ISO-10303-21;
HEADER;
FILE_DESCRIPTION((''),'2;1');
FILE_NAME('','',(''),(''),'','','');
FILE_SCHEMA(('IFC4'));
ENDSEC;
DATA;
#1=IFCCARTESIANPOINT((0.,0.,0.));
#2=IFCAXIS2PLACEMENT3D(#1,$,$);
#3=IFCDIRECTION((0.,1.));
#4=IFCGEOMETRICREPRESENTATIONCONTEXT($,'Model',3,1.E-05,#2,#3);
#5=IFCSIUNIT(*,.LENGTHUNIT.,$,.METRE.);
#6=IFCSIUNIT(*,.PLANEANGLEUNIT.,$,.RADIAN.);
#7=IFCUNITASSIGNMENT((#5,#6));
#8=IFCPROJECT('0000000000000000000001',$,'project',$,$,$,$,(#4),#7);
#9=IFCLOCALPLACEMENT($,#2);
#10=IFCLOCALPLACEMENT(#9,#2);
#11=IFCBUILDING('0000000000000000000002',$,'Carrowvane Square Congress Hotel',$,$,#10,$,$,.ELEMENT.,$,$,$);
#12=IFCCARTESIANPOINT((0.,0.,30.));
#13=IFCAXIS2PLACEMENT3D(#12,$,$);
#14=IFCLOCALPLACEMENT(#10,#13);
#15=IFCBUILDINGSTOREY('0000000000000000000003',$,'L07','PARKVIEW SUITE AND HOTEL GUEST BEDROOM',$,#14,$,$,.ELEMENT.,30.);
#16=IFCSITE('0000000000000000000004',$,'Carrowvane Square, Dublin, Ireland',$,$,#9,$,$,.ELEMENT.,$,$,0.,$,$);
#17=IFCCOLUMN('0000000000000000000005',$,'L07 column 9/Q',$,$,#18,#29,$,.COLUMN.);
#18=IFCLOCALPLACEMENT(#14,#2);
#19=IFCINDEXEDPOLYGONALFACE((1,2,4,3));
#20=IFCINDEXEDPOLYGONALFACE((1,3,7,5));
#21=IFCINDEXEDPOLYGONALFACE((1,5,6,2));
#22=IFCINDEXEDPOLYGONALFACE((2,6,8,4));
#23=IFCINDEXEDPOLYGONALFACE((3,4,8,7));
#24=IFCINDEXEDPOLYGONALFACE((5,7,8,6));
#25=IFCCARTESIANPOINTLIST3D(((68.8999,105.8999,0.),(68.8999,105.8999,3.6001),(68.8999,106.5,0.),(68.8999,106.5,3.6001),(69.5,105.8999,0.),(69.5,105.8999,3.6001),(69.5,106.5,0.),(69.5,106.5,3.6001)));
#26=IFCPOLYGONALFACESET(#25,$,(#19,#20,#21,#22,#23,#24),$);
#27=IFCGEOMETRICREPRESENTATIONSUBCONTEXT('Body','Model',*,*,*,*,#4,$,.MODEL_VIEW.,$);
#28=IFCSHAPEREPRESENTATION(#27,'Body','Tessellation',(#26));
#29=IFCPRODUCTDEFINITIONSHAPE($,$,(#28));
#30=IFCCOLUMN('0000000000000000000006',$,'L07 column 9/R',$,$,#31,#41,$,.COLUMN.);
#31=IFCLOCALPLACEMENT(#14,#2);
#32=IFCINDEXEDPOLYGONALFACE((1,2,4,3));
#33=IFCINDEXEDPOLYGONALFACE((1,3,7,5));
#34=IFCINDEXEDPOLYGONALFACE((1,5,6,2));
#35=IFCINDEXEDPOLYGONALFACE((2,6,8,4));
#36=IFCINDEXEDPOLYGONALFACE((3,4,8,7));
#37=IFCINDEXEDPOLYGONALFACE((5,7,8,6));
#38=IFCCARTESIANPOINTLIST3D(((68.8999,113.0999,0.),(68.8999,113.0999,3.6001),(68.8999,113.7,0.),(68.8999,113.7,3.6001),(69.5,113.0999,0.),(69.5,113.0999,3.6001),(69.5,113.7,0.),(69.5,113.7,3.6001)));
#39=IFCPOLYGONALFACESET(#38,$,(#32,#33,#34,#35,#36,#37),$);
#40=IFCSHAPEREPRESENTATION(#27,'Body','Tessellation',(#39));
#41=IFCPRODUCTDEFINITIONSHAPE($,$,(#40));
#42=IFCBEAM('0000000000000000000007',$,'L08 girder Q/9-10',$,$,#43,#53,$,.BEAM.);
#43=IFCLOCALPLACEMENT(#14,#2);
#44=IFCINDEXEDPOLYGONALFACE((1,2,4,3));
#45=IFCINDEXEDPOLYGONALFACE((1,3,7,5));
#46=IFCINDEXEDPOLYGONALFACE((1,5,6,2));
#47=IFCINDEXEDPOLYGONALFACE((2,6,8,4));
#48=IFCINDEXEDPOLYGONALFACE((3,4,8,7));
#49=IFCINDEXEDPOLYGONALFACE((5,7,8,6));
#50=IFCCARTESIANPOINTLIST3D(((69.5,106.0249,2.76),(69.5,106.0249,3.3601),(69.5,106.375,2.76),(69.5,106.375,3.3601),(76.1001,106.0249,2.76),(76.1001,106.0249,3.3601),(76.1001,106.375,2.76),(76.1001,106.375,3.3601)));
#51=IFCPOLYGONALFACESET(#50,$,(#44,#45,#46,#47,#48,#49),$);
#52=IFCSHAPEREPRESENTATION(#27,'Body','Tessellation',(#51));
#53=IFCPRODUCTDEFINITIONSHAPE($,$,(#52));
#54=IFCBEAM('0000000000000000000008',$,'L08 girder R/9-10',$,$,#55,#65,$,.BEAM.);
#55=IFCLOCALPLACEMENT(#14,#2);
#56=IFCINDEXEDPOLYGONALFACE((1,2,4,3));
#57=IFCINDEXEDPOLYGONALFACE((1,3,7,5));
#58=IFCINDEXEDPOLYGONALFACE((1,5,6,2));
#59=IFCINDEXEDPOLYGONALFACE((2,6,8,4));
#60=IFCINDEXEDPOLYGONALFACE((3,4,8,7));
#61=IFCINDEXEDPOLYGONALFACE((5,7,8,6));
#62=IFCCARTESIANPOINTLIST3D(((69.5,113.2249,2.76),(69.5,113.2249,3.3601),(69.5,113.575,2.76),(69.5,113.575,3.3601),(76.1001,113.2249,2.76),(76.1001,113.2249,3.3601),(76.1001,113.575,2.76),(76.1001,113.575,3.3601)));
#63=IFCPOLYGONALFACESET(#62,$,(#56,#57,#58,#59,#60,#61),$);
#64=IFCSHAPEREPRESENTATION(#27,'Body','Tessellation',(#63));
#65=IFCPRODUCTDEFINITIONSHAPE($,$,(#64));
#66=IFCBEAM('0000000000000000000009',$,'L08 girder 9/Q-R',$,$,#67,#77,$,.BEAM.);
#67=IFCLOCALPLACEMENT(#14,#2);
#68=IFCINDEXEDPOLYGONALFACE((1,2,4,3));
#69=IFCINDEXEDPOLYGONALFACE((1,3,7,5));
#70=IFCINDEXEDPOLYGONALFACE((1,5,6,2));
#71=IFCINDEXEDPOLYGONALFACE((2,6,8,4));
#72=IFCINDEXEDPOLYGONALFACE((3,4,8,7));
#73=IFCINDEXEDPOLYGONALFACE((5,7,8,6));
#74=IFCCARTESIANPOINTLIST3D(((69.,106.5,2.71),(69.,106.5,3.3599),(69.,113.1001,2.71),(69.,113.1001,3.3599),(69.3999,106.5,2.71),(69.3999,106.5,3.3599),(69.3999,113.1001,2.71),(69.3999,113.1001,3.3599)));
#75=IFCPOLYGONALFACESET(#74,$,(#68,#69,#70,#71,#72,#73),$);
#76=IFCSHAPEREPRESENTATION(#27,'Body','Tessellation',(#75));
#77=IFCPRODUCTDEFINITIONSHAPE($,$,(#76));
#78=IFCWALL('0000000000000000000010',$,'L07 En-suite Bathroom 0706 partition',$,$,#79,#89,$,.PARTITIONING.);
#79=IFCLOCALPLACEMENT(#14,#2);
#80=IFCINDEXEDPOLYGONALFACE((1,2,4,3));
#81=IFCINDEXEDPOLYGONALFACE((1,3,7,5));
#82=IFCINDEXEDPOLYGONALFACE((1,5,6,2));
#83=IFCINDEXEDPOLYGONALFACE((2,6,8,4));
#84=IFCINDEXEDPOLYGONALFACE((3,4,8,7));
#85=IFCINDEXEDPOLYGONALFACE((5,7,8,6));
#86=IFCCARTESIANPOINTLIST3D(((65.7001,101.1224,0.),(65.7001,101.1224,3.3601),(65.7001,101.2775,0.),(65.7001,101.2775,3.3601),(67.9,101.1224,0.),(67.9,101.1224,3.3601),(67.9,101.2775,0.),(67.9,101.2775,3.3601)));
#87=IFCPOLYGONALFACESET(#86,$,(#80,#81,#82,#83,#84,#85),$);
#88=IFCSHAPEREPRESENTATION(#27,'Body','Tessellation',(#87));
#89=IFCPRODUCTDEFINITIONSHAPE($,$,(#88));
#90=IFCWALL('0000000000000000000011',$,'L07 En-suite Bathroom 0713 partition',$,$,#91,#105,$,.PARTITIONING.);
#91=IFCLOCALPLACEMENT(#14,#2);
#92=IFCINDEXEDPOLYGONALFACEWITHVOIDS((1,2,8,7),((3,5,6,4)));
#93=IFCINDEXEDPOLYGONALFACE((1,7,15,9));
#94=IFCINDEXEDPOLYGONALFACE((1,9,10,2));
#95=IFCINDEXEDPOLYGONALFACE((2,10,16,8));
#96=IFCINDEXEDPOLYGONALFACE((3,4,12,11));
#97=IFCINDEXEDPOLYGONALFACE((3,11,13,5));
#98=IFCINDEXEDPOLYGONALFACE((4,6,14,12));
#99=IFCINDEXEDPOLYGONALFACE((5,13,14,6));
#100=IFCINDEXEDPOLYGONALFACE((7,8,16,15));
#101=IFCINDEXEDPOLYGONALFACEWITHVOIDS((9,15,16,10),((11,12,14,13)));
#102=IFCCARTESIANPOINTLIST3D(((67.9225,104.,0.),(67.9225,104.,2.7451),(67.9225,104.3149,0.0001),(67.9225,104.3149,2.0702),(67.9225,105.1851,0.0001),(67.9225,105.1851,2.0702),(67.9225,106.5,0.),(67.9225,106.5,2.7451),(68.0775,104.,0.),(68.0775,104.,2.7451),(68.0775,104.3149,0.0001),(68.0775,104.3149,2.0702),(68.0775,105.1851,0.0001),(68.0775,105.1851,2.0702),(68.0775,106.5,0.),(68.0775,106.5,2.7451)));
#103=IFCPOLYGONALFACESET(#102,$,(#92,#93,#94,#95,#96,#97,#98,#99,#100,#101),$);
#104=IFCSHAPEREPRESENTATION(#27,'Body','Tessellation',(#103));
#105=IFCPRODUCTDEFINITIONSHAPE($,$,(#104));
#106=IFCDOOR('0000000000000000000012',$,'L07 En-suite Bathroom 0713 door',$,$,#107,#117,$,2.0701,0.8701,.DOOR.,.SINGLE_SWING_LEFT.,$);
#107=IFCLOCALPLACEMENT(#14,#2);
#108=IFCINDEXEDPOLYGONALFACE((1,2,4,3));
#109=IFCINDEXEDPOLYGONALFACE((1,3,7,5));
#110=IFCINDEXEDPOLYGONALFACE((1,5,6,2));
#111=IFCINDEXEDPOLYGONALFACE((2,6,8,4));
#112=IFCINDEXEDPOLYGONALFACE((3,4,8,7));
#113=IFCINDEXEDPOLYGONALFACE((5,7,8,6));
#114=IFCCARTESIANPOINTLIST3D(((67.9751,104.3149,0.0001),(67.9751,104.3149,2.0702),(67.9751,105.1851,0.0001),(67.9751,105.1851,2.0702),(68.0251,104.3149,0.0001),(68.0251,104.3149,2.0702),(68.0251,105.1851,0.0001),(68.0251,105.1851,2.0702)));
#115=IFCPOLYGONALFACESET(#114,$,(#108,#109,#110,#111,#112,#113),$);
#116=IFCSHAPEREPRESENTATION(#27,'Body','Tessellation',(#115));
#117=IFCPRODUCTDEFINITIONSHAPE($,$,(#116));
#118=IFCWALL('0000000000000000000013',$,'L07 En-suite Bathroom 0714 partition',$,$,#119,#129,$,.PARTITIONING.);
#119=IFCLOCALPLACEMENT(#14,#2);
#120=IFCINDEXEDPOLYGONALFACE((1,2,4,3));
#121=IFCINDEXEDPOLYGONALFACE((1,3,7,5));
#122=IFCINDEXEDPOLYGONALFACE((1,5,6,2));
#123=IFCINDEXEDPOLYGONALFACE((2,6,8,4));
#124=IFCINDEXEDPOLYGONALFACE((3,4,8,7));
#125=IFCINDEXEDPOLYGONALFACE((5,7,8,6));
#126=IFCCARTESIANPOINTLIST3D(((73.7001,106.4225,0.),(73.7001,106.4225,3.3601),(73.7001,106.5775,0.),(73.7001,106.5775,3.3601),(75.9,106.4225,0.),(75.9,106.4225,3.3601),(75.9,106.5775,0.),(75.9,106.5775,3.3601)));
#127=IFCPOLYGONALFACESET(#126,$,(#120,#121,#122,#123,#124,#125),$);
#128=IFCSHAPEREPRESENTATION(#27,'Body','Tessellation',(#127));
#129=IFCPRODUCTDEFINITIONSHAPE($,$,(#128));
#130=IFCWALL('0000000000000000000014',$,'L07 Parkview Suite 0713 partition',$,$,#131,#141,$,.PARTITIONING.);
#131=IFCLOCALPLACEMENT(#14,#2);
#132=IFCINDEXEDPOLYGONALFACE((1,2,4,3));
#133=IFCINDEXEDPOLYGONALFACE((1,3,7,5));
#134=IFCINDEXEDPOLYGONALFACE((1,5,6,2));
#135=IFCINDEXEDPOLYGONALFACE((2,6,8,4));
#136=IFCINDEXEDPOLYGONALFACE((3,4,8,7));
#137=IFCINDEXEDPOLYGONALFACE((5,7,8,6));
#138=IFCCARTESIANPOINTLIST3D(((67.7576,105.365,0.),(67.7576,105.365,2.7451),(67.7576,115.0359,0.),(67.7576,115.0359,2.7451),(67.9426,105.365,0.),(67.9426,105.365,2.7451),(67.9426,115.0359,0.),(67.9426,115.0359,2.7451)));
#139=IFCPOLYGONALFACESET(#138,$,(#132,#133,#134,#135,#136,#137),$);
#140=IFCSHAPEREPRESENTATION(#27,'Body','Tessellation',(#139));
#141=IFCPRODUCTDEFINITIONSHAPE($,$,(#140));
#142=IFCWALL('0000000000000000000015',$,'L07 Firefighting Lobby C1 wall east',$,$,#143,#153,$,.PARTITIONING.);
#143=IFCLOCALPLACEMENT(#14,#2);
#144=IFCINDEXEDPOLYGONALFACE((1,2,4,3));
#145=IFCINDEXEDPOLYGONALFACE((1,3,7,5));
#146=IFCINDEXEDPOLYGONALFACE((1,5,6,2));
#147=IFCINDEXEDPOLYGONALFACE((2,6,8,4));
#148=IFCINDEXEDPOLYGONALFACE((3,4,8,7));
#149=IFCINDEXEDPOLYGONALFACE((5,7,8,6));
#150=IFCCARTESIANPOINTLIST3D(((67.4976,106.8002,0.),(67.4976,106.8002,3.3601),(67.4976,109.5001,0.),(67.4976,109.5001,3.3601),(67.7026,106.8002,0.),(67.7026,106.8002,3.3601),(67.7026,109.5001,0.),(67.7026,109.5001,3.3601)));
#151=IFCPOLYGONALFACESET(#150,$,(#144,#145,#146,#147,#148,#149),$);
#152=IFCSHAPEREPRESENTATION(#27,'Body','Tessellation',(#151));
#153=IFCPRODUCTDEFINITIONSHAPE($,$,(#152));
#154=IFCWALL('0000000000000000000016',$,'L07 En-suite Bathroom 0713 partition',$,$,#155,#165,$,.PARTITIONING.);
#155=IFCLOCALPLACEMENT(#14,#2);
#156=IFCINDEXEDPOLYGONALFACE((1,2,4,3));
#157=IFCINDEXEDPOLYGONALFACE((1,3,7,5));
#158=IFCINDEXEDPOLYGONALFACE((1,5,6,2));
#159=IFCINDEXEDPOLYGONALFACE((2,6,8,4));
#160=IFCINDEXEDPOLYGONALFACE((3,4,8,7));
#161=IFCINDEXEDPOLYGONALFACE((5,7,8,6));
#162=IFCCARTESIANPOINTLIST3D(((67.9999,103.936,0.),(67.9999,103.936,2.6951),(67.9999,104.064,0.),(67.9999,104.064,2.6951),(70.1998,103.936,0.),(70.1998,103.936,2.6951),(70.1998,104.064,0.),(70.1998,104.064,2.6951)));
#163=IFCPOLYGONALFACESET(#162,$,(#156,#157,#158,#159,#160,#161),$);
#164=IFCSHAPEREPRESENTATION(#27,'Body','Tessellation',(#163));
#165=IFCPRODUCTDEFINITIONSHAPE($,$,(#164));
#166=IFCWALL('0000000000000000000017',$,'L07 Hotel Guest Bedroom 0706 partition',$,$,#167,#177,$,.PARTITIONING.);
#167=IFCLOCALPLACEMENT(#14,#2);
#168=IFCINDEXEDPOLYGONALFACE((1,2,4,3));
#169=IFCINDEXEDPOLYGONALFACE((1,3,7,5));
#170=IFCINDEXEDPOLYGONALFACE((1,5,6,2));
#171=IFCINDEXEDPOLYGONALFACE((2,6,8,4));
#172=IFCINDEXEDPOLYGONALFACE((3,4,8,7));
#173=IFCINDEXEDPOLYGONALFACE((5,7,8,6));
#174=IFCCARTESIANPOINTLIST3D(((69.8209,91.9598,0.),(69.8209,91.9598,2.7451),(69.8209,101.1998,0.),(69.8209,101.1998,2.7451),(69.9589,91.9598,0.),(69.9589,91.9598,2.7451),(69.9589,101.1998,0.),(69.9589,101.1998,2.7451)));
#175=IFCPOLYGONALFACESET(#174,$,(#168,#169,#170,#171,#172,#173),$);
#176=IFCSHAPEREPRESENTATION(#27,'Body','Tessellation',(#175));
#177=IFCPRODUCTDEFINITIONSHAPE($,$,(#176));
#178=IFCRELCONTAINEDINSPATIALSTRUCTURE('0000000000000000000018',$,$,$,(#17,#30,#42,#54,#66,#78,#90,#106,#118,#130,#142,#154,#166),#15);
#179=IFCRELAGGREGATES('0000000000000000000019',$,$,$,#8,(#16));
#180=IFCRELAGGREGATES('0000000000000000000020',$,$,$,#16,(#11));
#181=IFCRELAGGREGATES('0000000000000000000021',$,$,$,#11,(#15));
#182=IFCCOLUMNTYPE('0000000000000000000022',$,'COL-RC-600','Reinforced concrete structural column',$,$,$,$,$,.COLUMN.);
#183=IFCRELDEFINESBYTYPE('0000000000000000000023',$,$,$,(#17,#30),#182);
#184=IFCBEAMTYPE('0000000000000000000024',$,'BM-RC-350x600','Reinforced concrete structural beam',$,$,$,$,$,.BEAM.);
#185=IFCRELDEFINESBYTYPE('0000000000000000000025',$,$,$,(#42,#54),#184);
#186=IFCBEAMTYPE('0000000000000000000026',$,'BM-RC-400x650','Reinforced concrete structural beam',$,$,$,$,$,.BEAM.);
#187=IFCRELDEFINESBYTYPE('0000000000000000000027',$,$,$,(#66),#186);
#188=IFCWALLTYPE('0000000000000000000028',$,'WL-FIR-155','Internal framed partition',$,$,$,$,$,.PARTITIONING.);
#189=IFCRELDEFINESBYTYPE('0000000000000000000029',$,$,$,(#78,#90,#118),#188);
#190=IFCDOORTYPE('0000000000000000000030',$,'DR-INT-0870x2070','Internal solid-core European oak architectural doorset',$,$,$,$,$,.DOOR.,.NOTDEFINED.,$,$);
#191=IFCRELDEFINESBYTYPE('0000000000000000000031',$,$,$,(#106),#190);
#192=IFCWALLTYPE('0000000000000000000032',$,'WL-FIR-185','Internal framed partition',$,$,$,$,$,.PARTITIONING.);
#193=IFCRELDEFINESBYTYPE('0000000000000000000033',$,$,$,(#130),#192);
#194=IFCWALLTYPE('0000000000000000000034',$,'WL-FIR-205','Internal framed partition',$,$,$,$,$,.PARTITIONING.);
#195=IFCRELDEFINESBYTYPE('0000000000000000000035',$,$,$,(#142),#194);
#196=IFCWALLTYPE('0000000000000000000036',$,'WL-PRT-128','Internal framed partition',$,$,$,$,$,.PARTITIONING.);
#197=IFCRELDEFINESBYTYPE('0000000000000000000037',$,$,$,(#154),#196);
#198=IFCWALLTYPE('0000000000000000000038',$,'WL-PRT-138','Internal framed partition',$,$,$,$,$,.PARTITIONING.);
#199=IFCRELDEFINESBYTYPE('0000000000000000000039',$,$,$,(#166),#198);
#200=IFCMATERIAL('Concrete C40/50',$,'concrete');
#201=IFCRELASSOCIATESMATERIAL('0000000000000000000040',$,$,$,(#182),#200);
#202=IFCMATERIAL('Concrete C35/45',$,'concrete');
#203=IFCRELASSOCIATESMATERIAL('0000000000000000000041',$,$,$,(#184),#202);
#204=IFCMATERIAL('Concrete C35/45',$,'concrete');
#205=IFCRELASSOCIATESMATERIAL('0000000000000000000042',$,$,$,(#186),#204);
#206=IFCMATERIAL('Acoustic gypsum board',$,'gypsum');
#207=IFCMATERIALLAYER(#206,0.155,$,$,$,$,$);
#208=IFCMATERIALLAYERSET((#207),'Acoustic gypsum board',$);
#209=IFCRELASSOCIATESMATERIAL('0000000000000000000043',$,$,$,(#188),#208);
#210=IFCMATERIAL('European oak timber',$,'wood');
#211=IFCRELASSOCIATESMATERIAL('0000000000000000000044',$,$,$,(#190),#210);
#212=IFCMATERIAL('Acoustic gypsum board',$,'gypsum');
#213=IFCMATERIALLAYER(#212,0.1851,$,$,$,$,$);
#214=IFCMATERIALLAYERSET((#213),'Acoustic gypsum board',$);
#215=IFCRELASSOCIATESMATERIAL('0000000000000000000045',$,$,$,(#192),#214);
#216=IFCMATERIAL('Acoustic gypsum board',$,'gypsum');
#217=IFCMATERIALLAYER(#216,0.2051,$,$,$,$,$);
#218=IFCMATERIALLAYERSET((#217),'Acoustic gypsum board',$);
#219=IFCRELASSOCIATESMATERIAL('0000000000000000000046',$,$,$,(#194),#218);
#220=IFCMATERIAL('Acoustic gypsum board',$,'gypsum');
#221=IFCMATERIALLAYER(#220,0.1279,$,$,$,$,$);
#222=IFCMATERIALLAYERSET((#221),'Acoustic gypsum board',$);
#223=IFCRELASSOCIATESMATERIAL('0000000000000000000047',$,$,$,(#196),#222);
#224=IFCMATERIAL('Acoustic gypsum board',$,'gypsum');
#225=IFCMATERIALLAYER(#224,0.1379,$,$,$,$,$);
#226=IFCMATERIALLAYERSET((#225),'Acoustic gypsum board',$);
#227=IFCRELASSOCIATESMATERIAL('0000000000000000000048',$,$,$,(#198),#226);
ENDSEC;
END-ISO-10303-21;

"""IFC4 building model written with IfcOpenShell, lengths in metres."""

from ifc_helpers import new_model, si_unit, direction, frame, frame_2d, origin, origin_2d, place, context, subcontext, project, spatial, rectangle, extrude, material, layer, layer_set, material_profile, profile_set, type_object, element, fill, save


model = new_model("IFC4")

# Units and contexts
model_context = context("Model", 3, precision=1e-05, world=origin(), true_north=direction((0.0, 1.0)))
body_context = subcontext(model_context, "Body", "Model", "MODEL_VIEW")
ifc_project = project(units=[si_unit("LENGTHUNIT", "METRE"), si_unit("PLANEANGLEUNIT", "RADIAN")], contexts=[model_context])

# Site, building, storey
site_placement = place(None, origin())
site = spatial("IfcSite", under=ifc_project, at=site_placement, Name="Carrowvane Square, Dublin, Ireland", CompositionType="ELEMENT", RefElevation=0.0)
building_placement = place(site_placement, origin())
building = spatial("IfcBuilding", under=site, at=building_placement, Name="Carrowvane Square Congress Hotel", CompositionType="ELEMENT")
storey_placement = place(building_placement, frame((0.0, 0.0, 30.0)))
storey = spatial("IfcBuildingStorey", under=building, at=storey_placement, Name="L07", Description="PARKVIEW SUITE AND HOTEL GUEST BEDROOM", CompositionType="ELEMENT", Elevation=30.0)

# Columns
ifc_material_1 = material(Name="Concrete C40/50", Category="concrete")
ifc_material_profile_1 = material_profile(ifc_material_1, rectangle(XDim=0.6001, YDim=0.6001, at=origin_2d()), Name="RC 600x600")
ifc_profile_set_1 = profile_set([ifc_material_profile_1], Name="Concrete C40/50")
column_type = type_object("IfcColumnType", Name="COL-RC-600", Description="Reinforced concrete structural column", PredefinedType="COLUMN", material=ifc_profile_set_1)
for number, where, z_axis, x_axis, name in (
    (1, (69.2, 106.2, 0.0), (0.0, 0.0, 1.0), (1.0, 0.0, 0.0), "L07 column 9/Q"),
    (2, (69.2, 113.3999, 0.0), (0.0, 0.0, 1.0), (1.0, 0.0, 0.0), "L07 column 9/R"),
):
    element("IfcColumn", number, at=place(storey_placement, frame(where, z_axis=z_axis, x_axis=x_axis)), inside=storey, type_object=column_type, Name=name, PredefinedType="COLUMN", context=body_context, shape_type="SweptSolid", body=[
        extrude(rectangle(XDim=0.6001, YDim=0.6001, at=origin_2d()), origin(), (0.0, 0.0, 1.0), 3.6001),
    ])

# Beams
ifc_material_2 = material(Name="Concrete C35/45", Category="concrete")
ifc_material_profile_2 = material_profile(ifc_material_2, rectangle(XDim=0.3501, YDim=0.6001, at=origin_2d()), Name="RC 350x600")
ifc_profile_set_2 = profile_set([ifc_material_profile_2], Name="Concrete C35/45")
beam_type_1 = type_object("IfcBeamType", Name="BM-RC-350x600", Description="Reinforced concrete structural beam", PredefinedType="BEAM", material=ifc_profile_set_2)
for number, where, z_axis, x_axis, name in (
    (3, (69.5, 106.2, 3.0601), (1.0, 0.0, 0.0), (0.0, 1.0, 0.0), "L08 girder Q/9-10"),
    (4, (69.5, 113.3999, 3.0601), (1.0, 0.0, 0.0), (0.0, 1.0, 0.0), "L08 girder R/9-10"),
):
    element("IfcBeam", number, at=place(storey_placement, frame(where, z_axis=z_axis, x_axis=x_axis)), inside=storey, type_object=beam_type_1, Name=name, PredefinedType="BEAM", context=body_context, shape_type="SweptSolid", body=[
        extrude(rectangle(XDim=0.3501, YDim=0.6001, at=origin_2d()), origin(), (0.0, 0.0, 1.0), 6.6001),
    ])
ifc_material_3 = material(Name="Concrete C35/45", Category="concrete")
ifc_material_profile_3 = material_profile(ifc_material_3, rectangle(XDim=0.3999, YDim=0.6499, at=origin_2d()), Name="RC 400x650")
ifc_profile_set_3 = profile_set([ifc_material_profile_3], Name="Concrete C35/45")
beam_type_2 = type_object("IfcBeamType", Name="BM-RC-400x650", Description="Reinforced concrete structural beam", PredefinedType="BEAM", material=ifc_profile_set_3)
beam_placement = place(storey_placement, frame((69.2, 106.5, 3.0349), z_axis=(0.0, 1.0, 0.0), x_axis=(-1.0, 0.0, 0.0)))
element("IfcBeam", 5, at=beam_placement, inside=storey, type_object=beam_type_2, Name="L08 girder 9/Q-R", PredefinedType="BEAM", context=body_context, shape_type="SweptSolid", body=[
    extrude(rectangle(XDim=0.3999, YDim=0.6499, at=origin_2d()), origin(), (0.0, 0.0, 1.0), 6.6001),
])

# Wall
ifc_material_4 = material(Name="Acoustic gypsum board", Category="gypsum")
ifc_layer_1 = layer(ifc_material_4, 0.155)
ifc_layer_set_1 = layer_set([ifc_layer_1], Name="Acoustic gypsum board")
wall_type_1 = type_object("IfcWallType", Name="WL-FIR-155", Description="Internal framed partition", PredefinedType="PARTITIONING", material=ifc_layer_set_1)
wall_1_placement = place(storey_placement, frame((65.7, 101.2, 0.0), z_axis=(0.0, 0.0, 1.0), x_axis=(1.0, 0.0, 0.0)))
element("IfcWall", 6, at=wall_1_placement, inside=storey, type_object=wall_type_1, Name="L07 En-suite Bathroom 0706 partition", PredefinedType="PARTITIONING", context=body_context, shape_type="SweptSolid", body=[
    extrude(rectangle(XDim=2.2, YDim=0.155, at=frame_2d((1.1001, 0.0))), origin(), (0.0, 0.0, 1.0), 3.3601),
])

# Wall, opening, door
wall_2_placement = place(storey_placement, frame((68.0, 104.0, 0.0), z_axis=(0.0, 0.0, 1.0), x_axis=(0.0, 1.0, 0.0)))
wall_2 = element("IfcWall", 7, at=wall_2_placement, inside=storey, type_object=wall_type_1, Name="L07 En-suite Bathroom 0713 partition", PredefinedType="PARTITIONING", context=body_context, shape_type="SweptSolid", body=[
    extrude(rectangle(XDim=2.5, YDim=0.155, at=frame_2d((1.25, 0.0))), origin(), (0.0, 0.0, 1.0), 2.7451),
])
opening_1_placement = place(wall_2_placement, frame((0.3149, 0.0, 0.0)))
opening_1 = element("IfcOpeningElement", 8, at=opening_1_placement, cuts=wall_2, PredefinedType="OPENING", context=body_context, shape_type="SweptSolid", body=[
    extrude(rectangle(XDim=0.8701, YDim=2.0701, at=frame_2d((0.4351, 1.0352))), frame((0.0, 0.0874, 0.0), z_axis=(0.0, -1.0, 0.0), x_axis=(1.0, 0.0, 0.0)), (0.0, 0.0, 1.0), 0.175),
])
ifc_material_5 = material(Name="European oak timber", Category="wood")
door_type_1 = type_object("IfcDoorType", Name="DR-INT-0870x2070", Description="Internal solid-core European oak architectural doorset", OperationType="NOTDEFINED", PredefinedType="DOOR", material=ifc_material_5)
door_1_placement = place(opening_1_placement, origin())
door_1 = element("IfcDoor", 9, at=door_1_placement, inside=storey, type_object=door_type_1, Name="L07 En-suite Bathroom 0713 door", OperationType="SINGLE_SWING_LEFT", OverallHeight=2.0701, OverallWidth=0.8701, PredefinedType="DOOR", context=body_context, shape_type="SweptSolid", body=[
    extrude(rectangle(XDim=0.8701, YDim=2.0701, at=frame_2d((0.4351, 1.0352))), frame((0.0, 0.0249, 0.0), z_axis=(0.0, -1.0, 0.0), x_axis=(1.0, 0.0, 0.0)), (0.0, 0.0, 1.0), 0.05),
])
fill(opening_1, door_1)

# Wall
wall_3_placement = place(storey_placement, frame((73.7, 106.5, 0.0), z_axis=(0.0, 0.0, 1.0), x_axis=(1.0, 0.0, 0.0)))
element("IfcWall", 10, at=wall_3_placement, inside=storey, type_object=wall_type_1, Name="L07 En-suite Bathroom 0714 partition", PredefinedType="PARTITIONING", context=body_context, shape_type="SweptSolid", body=[
    extrude(rectangle(XDim=2.2, YDim=0.155, at=frame_2d((1.1001, 0.0))), origin(), (0.0, 0.0, 1.0), 3.3601),
])

# Shared definitions
ifc_material_6 = material(Name="Acoustic gypsum board", Category="gypsum")
ifc_layer_2 = layer(ifc_material_6, 0.1851)
ifc_layer_set_2 = layer_set([ifc_layer_2], Name="Acoustic gypsum board")
wall_type_2 = type_object("IfcWallType", Name="WL-FIR-185", Description="Internal framed partition", PredefinedType="PARTITIONING", material=ifc_layer_set_2)

# Walls
wall_4_placement = place(storey_placement, frame((67.8501, 105.365, 0.0), z_axis=(0.0, 0.0, 1.0), x_axis=(0.0, 1.0, 0.0)))
element("IfcWall", 11, at=wall_4_placement, inside=storey, type_object=wall_type_2, Name="L07 Parkview Suite 0713 partition", PredefinedType="PARTITIONING", context=body_context, shape_type="SweptSolid", body=[
    extrude(rectangle(XDim=9.6709, YDim=0.1851, at=frame_2d((4.8354, 0.0))), origin(), (0.0, 0.0, 1.0), 2.7451),
])
ifc_material_7 = material(Name="Acoustic gypsum board", Category="gypsum")
ifc_layer_3 = layer(ifc_material_7, 0.2051)
ifc_layer_set_3 = layer_set([ifc_layer_3], Name="Acoustic gypsum board")
wall_type_3 = type_object("IfcWallType", Name="WL-FIR-205", Description="Internal framed partition", PredefinedType="PARTITIONING", material=ifc_layer_set_3)
wall_5_placement = place(storey_placement, frame((67.6001, 106.8, 0.0), z_axis=(0.0, 0.0, 1.0), x_axis=(0.0, 1.0, 0.0)))
element("IfcWall", 12, at=wall_5_placement, inside=storey, type_object=wall_type_3, Name="L07 Firefighting Lobby C1 wall east", PredefinedType="PARTITIONING", context=body_context, shape_type="SweptSolid", body=[
    extrude(rectangle(XDim=2.7, YDim=0.2051, at=frame_2d((1.3501, 0.0))), origin(), (0.0, 0.0, 1.0), 3.3601),
])
ifc_material_8 = material(Name="Acoustic gypsum board", Category="gypsum")
ifc_layer_4 = layer(ifc_material_8, 0.1279)
ifc_layer_set_4 = layer_set([ifc_layer_4], Name="Acoustic gypsum board")
wall_type_4 = type_object("IfcWallType", Name="WL-PRT-128", Description="Internal framed partition", PredefinedType="PARTITIONING", material=ifc_layer_set_4)
wall_6_placement = place(storey_placement, frame((70.2, 104.0, 0.0), z_axis=(0.0, 0.0, 1.0), x_axis=(-1.0, 0.0, 0.0)))
element("IfcWall", 13, at=wall_6_placement, inside=storey, type_object=wall_type_4, Name="L07 En-suite Bathroom 0713 partition", PredefinedType="PARTITIONING", context=body_context, shape_type="SweptSolid", body=[
    extrude(rectangle(XDim=2.2, YDim=0.1279, at=frame_2d((1.1001, 0.0))), origin(), (0.0, 0.0, 1.0), 2.6951),
])
ifc_material_9 = material(Name="Acoustic gypsum board", Category="gypsum")
ifc_layer_5 = layer(ifc_material_9, 0.1379)
ifc_layer_set_5 = layer_set([ifc_layer_5], Name="Acoustic gypsum board")
wall_type_5 = type_object("IfcWallType", Name="WL-PRT-138", Description="Internal framed partition", PredefinedType="PARTITIONING", material=ifc_layer_set_5)
wall_7_placement = place(storey_placement, frame((69.8899, 101.2, 0.0), z_axis=(0.0, 0.0, 1.0), x_axis=(0.0, -1.0, 0.0)))
element("IfcWall", 14, at=wall_7_placement, inside=storey, type_object=wall_type_5, Name="L07 Hotel Guest Bedroom 0706 partition", PredefinedType="PARTITIONING", context=body_context, shape_type="SweptSolid", body=[
    extrude(rectangle(XDim=9.24, YDim=0.1379, at=frame_2d((4.6201, 0.0))), origin(), (0.0, 0.0, 1.0), 2.7451),
])

save(model, "model.ifc")
